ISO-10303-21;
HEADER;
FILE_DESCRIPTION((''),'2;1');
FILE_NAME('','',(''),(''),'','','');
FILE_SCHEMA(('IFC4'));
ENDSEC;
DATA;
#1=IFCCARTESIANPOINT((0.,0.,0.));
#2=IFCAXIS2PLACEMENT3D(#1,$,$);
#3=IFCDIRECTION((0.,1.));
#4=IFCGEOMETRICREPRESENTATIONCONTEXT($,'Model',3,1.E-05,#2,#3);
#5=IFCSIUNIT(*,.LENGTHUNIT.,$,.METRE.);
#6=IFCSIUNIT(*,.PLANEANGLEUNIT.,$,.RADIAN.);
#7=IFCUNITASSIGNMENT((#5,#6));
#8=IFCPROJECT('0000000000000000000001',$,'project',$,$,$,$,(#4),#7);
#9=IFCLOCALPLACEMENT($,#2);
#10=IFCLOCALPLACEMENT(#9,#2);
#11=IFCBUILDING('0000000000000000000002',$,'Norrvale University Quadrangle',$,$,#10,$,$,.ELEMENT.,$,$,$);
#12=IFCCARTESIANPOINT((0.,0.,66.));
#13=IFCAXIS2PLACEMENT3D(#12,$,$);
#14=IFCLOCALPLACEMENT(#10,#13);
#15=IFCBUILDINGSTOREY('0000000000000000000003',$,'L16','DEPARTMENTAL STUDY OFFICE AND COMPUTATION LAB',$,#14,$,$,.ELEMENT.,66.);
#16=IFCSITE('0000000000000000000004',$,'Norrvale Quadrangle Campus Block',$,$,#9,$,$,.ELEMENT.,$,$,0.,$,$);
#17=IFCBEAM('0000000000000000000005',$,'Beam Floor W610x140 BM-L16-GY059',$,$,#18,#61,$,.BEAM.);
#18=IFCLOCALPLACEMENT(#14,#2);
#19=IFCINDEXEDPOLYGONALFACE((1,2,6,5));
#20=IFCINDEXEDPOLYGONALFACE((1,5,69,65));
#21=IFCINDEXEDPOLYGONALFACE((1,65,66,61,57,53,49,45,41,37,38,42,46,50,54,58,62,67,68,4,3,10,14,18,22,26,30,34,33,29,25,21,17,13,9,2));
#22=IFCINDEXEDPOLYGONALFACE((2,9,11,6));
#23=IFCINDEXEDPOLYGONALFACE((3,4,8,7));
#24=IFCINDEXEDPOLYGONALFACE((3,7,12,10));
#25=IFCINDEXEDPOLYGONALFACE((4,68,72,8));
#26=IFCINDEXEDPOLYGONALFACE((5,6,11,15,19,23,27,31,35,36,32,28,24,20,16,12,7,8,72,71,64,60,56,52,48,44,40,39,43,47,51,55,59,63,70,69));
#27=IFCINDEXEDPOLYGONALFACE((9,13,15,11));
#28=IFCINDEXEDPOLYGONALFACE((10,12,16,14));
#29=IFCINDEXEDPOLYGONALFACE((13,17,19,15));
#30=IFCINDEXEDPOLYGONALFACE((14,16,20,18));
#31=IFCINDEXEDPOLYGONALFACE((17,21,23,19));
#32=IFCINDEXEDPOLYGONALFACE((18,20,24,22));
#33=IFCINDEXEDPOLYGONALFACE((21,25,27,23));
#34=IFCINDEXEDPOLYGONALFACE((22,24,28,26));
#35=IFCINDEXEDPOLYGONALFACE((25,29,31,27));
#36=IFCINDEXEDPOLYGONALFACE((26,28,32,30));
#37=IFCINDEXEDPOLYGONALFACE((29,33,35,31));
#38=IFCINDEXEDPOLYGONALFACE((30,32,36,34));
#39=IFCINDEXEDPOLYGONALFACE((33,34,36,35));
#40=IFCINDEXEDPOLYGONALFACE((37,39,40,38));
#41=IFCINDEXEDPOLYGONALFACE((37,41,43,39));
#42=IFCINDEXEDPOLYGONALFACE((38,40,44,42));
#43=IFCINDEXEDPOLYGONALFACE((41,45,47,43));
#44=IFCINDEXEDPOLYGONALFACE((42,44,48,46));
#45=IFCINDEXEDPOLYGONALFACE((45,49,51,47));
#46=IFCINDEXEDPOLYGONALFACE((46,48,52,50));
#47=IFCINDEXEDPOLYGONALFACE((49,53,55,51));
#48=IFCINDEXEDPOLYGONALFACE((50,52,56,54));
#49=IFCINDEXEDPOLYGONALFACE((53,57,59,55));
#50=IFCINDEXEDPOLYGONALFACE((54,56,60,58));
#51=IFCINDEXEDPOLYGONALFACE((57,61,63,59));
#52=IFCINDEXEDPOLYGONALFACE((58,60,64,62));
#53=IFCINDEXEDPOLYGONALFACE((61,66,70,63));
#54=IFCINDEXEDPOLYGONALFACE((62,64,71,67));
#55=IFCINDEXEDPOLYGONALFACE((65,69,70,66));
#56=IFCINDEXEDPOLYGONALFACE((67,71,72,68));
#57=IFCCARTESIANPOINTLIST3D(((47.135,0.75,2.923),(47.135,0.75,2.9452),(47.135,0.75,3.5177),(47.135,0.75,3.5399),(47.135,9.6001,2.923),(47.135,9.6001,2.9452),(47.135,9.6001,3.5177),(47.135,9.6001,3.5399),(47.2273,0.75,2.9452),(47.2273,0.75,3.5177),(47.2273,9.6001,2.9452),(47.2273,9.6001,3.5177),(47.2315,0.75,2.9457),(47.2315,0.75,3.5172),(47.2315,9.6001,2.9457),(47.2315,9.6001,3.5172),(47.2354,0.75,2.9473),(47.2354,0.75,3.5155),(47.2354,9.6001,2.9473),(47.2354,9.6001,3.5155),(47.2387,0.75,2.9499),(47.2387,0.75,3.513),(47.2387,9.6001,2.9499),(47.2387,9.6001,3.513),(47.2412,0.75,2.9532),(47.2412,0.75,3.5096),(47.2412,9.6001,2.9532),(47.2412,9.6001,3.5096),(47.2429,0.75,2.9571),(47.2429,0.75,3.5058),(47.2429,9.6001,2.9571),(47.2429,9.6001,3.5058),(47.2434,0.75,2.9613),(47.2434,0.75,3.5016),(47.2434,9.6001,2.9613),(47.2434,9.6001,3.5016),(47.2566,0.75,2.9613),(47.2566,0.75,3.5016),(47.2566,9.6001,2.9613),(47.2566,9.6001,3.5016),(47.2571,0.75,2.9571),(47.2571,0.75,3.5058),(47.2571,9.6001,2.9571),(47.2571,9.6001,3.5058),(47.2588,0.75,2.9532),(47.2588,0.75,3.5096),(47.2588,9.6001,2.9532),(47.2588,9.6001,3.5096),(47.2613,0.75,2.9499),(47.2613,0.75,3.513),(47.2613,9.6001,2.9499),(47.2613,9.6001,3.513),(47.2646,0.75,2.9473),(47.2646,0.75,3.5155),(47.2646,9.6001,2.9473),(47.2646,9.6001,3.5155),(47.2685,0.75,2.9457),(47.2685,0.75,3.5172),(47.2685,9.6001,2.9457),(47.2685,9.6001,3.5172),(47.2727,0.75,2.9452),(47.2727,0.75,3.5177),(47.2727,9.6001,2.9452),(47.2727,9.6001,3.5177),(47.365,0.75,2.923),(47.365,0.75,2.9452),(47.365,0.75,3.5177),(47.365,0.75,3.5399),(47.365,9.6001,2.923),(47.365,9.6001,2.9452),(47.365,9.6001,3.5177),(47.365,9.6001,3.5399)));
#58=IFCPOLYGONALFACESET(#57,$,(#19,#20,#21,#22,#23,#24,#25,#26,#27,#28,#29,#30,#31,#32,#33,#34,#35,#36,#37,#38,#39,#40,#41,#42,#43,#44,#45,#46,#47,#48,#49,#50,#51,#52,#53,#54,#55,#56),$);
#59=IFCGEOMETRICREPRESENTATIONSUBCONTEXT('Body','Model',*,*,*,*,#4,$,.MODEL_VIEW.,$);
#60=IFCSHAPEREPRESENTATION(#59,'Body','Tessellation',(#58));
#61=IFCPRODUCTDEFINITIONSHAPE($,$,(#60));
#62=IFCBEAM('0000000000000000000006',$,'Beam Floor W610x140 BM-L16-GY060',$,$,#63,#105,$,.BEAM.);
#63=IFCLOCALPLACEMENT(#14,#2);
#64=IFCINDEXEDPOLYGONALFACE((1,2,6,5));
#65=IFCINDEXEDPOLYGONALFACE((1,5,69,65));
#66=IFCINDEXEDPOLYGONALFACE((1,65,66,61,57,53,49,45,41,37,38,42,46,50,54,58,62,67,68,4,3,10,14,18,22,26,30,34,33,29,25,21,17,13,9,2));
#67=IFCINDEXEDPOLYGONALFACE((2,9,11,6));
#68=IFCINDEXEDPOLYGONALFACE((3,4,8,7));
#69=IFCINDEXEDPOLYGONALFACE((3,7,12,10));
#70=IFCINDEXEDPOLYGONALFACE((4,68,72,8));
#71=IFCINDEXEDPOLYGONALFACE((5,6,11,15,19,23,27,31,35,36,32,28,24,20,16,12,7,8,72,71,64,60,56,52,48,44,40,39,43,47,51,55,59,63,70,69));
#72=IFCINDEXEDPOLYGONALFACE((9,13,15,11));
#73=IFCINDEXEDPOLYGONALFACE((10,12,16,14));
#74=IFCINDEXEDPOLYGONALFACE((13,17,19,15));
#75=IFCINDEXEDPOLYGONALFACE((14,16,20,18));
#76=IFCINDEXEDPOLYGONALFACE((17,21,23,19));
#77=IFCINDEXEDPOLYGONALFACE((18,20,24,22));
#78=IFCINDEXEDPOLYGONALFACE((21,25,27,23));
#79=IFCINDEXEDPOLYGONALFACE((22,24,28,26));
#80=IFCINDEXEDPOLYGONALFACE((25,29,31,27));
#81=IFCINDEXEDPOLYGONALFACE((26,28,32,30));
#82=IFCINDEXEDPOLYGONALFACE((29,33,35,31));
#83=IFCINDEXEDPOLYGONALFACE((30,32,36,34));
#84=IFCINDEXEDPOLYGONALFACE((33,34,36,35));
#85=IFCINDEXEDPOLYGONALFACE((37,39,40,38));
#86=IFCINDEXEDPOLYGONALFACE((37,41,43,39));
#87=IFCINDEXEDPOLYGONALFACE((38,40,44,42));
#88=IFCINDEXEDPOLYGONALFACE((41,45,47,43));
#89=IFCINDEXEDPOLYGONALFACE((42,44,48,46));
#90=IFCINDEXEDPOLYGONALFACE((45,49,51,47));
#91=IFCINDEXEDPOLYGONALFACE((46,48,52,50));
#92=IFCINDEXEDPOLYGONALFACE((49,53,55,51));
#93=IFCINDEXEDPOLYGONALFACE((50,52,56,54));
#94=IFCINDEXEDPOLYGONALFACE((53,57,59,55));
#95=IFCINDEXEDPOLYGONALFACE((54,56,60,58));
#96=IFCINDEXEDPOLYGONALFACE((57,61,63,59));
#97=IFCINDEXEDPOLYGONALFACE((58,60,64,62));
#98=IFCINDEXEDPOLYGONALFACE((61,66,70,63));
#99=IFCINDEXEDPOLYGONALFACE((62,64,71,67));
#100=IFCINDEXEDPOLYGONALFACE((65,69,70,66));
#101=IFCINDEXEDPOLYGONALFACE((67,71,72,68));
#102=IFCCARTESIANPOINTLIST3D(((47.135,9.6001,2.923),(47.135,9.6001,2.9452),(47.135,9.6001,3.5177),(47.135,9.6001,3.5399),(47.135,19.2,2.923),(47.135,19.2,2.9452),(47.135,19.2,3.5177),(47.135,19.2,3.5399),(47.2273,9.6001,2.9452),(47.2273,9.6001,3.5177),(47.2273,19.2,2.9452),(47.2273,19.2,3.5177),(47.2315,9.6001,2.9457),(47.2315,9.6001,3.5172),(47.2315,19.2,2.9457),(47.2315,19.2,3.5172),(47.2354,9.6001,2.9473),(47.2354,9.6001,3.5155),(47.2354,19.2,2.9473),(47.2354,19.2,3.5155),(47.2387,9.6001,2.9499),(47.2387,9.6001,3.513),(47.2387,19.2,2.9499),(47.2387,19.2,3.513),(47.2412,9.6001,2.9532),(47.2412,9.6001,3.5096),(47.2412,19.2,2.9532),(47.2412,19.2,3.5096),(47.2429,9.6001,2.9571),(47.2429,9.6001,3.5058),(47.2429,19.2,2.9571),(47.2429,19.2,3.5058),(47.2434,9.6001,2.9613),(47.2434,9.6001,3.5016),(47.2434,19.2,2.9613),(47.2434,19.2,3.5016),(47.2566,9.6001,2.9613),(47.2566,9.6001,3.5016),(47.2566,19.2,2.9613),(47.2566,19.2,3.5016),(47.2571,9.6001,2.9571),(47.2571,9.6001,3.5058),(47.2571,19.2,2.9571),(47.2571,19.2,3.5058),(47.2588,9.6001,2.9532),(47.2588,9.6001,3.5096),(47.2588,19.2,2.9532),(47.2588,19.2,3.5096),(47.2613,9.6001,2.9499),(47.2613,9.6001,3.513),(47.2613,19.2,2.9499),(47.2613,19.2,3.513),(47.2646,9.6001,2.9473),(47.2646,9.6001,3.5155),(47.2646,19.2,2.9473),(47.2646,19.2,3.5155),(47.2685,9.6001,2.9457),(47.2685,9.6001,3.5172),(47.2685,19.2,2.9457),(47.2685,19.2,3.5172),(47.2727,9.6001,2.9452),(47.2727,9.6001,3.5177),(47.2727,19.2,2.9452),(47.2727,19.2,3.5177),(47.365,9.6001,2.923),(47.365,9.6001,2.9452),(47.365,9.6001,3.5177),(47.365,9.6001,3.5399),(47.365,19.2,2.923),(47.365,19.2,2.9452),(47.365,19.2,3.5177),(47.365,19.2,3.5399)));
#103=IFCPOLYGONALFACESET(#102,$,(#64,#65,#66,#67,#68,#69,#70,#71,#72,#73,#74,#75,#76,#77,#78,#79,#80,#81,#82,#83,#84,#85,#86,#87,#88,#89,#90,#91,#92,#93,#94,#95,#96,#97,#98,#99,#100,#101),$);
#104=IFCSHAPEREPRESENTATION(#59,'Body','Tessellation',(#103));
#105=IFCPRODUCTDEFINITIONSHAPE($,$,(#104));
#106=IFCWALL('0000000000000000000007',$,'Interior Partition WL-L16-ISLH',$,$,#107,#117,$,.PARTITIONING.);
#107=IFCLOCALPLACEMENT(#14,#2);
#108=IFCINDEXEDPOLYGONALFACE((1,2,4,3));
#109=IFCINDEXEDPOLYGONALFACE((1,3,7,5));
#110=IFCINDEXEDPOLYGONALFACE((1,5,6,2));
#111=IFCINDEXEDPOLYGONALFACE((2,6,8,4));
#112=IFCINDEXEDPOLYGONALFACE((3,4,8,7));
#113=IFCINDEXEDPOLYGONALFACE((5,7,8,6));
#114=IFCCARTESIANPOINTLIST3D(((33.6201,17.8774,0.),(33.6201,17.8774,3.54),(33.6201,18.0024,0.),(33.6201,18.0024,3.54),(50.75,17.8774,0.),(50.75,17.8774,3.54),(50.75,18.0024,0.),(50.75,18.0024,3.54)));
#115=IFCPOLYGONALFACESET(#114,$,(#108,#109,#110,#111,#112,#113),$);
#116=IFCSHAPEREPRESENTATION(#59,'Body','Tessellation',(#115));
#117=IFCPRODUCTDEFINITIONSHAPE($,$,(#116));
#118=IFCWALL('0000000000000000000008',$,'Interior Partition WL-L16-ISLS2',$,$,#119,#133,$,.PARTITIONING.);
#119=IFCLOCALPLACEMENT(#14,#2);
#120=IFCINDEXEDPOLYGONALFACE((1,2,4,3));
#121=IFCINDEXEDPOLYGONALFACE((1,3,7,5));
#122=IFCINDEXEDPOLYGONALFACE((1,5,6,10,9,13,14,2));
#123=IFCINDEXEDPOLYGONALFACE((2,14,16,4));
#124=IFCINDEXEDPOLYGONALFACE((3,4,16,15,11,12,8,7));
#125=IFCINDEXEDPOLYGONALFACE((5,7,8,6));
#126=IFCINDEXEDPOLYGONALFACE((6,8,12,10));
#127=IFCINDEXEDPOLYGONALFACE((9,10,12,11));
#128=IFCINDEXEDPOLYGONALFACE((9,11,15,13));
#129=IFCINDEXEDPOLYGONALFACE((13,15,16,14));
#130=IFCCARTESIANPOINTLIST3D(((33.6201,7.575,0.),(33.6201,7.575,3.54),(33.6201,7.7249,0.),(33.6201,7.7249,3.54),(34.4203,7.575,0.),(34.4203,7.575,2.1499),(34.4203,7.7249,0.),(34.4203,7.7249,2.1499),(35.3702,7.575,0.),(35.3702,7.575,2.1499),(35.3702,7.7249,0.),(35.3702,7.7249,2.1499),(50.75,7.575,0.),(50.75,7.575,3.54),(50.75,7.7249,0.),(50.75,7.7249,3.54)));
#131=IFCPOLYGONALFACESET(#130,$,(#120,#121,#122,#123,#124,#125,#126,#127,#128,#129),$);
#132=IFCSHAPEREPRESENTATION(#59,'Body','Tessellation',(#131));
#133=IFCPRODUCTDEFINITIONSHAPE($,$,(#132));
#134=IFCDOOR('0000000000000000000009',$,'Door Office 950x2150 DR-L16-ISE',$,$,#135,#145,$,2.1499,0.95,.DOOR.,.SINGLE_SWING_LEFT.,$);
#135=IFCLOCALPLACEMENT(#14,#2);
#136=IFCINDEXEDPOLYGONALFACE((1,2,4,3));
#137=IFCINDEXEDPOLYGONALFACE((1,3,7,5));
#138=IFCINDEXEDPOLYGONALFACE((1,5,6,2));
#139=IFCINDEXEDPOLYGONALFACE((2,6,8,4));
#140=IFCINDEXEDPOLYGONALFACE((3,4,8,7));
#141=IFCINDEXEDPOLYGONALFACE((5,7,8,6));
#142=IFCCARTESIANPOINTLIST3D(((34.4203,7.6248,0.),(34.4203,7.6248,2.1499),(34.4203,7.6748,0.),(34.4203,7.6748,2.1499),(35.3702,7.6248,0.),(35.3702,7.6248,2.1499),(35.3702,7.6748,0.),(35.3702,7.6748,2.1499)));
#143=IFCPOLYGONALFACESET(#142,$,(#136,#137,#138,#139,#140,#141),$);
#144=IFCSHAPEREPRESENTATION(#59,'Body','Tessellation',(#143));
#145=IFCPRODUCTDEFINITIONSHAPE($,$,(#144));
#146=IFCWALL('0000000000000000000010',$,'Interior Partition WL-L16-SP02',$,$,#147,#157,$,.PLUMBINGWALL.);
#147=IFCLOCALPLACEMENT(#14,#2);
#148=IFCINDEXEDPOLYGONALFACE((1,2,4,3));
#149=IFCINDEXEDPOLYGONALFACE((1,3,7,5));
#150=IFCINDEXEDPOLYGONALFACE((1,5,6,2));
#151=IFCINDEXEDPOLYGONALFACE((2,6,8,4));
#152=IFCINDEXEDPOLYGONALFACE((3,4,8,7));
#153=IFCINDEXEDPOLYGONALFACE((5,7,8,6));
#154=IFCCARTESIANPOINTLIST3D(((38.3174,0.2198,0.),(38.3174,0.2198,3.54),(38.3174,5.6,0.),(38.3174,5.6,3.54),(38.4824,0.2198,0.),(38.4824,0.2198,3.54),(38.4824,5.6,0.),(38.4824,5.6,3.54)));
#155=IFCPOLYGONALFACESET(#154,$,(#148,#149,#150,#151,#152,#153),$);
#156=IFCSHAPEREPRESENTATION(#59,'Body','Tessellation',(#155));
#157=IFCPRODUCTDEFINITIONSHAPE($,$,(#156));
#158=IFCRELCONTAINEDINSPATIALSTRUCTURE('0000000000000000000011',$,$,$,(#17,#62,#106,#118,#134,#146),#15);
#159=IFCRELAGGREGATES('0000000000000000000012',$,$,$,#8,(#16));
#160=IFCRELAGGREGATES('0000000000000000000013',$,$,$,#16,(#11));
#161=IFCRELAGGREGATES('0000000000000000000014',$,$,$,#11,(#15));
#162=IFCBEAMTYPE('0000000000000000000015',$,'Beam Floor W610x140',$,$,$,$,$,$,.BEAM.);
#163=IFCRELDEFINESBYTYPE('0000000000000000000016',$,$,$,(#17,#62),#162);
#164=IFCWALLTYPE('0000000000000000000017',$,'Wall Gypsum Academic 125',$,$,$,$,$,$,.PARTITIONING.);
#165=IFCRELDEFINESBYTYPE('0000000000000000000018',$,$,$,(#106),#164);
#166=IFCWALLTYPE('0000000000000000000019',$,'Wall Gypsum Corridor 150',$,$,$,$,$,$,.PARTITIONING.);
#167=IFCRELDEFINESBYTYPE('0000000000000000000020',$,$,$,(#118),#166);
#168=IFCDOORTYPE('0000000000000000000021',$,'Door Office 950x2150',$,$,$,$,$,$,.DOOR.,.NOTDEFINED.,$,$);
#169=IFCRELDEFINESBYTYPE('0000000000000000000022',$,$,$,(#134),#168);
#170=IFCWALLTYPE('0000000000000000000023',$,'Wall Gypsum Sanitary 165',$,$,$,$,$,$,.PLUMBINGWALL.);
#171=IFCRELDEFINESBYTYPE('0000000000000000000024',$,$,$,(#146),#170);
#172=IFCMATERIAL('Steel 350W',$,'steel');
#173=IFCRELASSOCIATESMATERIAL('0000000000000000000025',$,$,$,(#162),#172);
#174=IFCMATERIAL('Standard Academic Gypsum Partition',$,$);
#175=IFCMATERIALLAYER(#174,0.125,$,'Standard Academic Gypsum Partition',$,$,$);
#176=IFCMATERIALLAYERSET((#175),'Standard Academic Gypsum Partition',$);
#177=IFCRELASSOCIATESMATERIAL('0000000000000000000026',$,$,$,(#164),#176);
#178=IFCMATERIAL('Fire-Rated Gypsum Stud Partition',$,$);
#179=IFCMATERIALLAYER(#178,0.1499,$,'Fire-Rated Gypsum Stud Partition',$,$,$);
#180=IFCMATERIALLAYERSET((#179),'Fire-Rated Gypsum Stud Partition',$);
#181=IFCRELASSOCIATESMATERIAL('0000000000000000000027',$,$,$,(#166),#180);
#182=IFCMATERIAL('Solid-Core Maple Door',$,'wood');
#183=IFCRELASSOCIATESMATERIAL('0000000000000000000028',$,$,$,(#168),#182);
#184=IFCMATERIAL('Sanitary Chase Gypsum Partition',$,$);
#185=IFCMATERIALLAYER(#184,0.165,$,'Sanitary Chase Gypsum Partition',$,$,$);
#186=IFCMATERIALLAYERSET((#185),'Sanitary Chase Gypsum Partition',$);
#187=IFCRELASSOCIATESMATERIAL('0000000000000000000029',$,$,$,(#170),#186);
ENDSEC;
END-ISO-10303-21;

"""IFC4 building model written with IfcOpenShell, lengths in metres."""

from ifc_helpers import new_model, si_unit, direction, frame, frame_2d, origin, origin_2d, place, context, subcontext, project, spatial, rectangle, i_section, extrude, material, layer, layer_set, material_profile, profile_set, type_object, element, fill, save


model = new_model("IFC4")

# Units and contexts
model_context = context("Model", 3, precision=1e-05, world=origin(), true_north=direction((0.0, 1.0)))
body_context = subcontext(model_context, "Body", "Model", "MODEL_VIEW")
ifc_project = project(units=[si_unit("LENGTHUNIT", "METRE"), si_unit("PLANEANGLEUNIT", "RADIAN")], contexts=[model_context])

# Site, building, storey
site_placement = place(None, origin())
site = spatial("IfcSite", under=ifc_project, at=site_placement, Name="Norrvale Quadrangle Campus Block", CompositionType="ELEMENT", RefElevation=0.0)
building_placement = place(site_placement, origin())
building = spatial("IfcBuilding", under=site, at=building_placement, Name="Norrvale University Quadrangle", CompositionType="ELEMENT")
storey_placement = place(building_placement, frame((0.0, 0.0, 66.0)))
storey = spatial("IfcBuildingStorey", under=building, at=storey_placement, Name="L16", Description="DEPARTMENTAL STUDY OFFICE AND COMPUTATION LAB", CompositionType="ELEMENT", Elevation=66.0)

# Beams
ifc_material_1 = material(Name="Steel 350W", Category="steel")
ifc_material_profile_1 = material_profile(ifc_material_1, i_section(OverallWidth=0.23, OverallDepth=0.6169, WebThickness=0.0132, FlangeThickness=0.0222, FilletRadius=0.0161, at=origin_2d()), Name="Steel 350W")
ifc_profile_set_1 = profile_set([ifc_material_profile_1], Name="Steel 350W")
beam_type_1 = type_object("IfcBeamType", Name="Beam Floor W610x140", PredefinedType="BEAM", material=ifc_profile_set_1)
beam_1_placement = place(storey_placement, frame((47.25, 0.75, 3.2314), z_axis=(0.0, 1.0, 0.0), x_axis=(-1.0, 0.0, 0.0)))
element("IfcBeam", 1, at=beam_1_placement, inside=storey, type_object=beam_type_1, Name="Beam Floor W610x140 BM-L16-GY059", PredefinedType="BEAM", context=body_context, shape_type="SweptSolid", body=[
    extrude(i_section(OverallWidth=0.23, OverallDepth=0.6169, WebThickness=0.0132, FlangeThickness=0.0222, FilletRadius=0.0161, at=origin_2d()), origin(), (0.0, 0.0, 1.0), 8.8501),
])
beam_2_placement = place(storey_placement, frame((47.25, 9.6001, 3.2314), z_axis=(0.0, 1.0, 0.0), x_axis=(-1.0, 0.0, 0.0)))
element("IfcBeam", 2, at=beam_2_placement, inside=storey, type_object=beam_type_1, Name="Beam Floor W610x140 BM-L16-GY060", PredefinedType="BEAM", context=body_context, shape_type="SweptSolid", body=[
    extrude(i_section(OverallWidth=0.23, OverallDepth=0.6169, WebThickness=0.0132, FlangeThickness=0.0222, FilletRadius=0.0161, at=origin_2d()), origin(), (0.0, 0.0, 1.0), 9.5999),
])

# Wall
ifc_material_2 = material(Name="Standard Academic Gypsum Partition")
ifc_layer_1 = layer(ifc_material_2, 0.125, Name="Standard Academic Gypsum Partition")
ifc_layer_set_1 = layer_set([ifc_layer_1], Name="Standard Academic Gypsum Partition")
wall_type_1 = type_object("IfcWallType", Name="Wall Gypsum Academic 125", PredefinedType="PARTITIONING", material=ifc_layer_set_1)
wall_1_placement = place(storey_placement, frame((33.6201, 17.9399, 0.0), z_axis=(0.0, 0.0, 1.0), x_axis=(1.0, 0.0, 0.0)))
element("IfcWall", 3, at=wall_1_placement, inside=storey, type_object=wall_type_1, Name="Interior Partition WL-L16-ISLH", PredefinedType="PARTITIONING", context=body_context, shape_type="SweptSolid", body=[
    extrude(rectangle(XDim=17.1299, YDim=0.125, at=frame_2d((8.5649, 0.0))), origin(), (0.0, 0.0, 1.0), 3.54),
])

# Wall, opening, door
ifc_material_3 = material(Name="Fire-Rated Gypsum Stud Partition")
ifc_layer_2 = layer(ifc_material_3, 0.1499, Name="Fire-Rated Gypsum Stud Partition")
ifc_layer_set_2 = layer_set([ifc_layer_2], Name="Fire-Rated Gypsum Stud Partition")
wall_type_2 = type_object("IfcWallType", Name="Wall Gypsum Corridor 150", PredefinedType="PARTITIONING", material=ifc_layer_set_2)
wall_2_placement = place(storey_placement, frame((33.6201, 7.6499, 0.0), z_axis=(0.0, 0.0, 1.0), x_axis=(1.0, 0.0, 0.0)))
wall_2 = element("IfcWall", 4, at=wall_2_placement, inside=storey, type_object=wall_type_2, Name="Interior Partition WL-L16-ISLS2", PredefinedType="PARTITIONING", context=body_context, shape_type="SweptSolid", body=[
    extrude(rectangle(XDim=17.1299, YDim=0.1499, at=frame_2d((8.5649, 0.0))), origin(), (0.0, 0.0, 1.0), 3.54),
])
opening_placement = place(wall_2_placement, frame((0.8, 0.0, 0.0)))
opening = element("IfcOpeningElement", 5, at=opening_placement, cuts=wall_2, PredefinedType="OPENING", context=body_context, shape_type="SweptSolid", body=[
    extrude(rectangle(XDim=0.95, YDim=2.1499, at=frame_2d((0.4751, 1.075))), frame((0.0, 0.0869, 0.0), z_axis=(0.0, -1.0, 0.0), x_axis=(1.0, 0.0, 0.0)), (0.0, 0.0, 1.0), 0.1738),
])
ifc_material_4 = material(Name="Solid-Core Maple Door", Category="wood")
door_type = type_object("IfcDoorType", Name="Door Office 950x2150", OperationType="NOTDEFINED", PredefinedType="DOOR", material=ifc_material_4)
door_placement = place(opening_placement, origin())
door = element("IfcDoor", 6, at=door_placement, inside=storey, type_object=door_type, Name="Door Office 950x2150 DR-L16-ISE", OperationType="SINGLE_SWING_LEFT", OverallHeight=2.1499, OverallWidth=0.95, PredefinedType="DOOR", context=body_context, shape_type="SweptSolid", body=[
    extrude(rectangle(XDim=0.95, YDim=2.1499, at=frame_2d((0.4751, 1.075))), frame((0.0, 0.0249, 0.0), z_axis=(0.0, -1.0, 0.0), x_axis=(1.0, 0.0, 0.0)), (0.0, 0.0, 1.0), 0.05),
])
fill(opening, door)

# Wall
ifc_material_5 = material(Name="Sanitary Chase Gypsum Partition")
ifc_layer_3 = layer(ifc_material_5, 0.165, Name="Sanitary Chase Gypsum Partition")
ifc_layer_set_3 = layer_set([ifc_layer_3], Name="Sanitary Chase Gypsum Partition")
wall_type_3 = type_object("IfcWallType", Name="Wall Gypsum Sanitary 165", PredefinedType="PLUMBINGWALL", material=ifc_layer_set_3)
wall_3_placement = place(storey_placement, frame((38.3999, 0.22, 0.0), z_axis=(0.0, 0.0, 1.0), x_axis=(0.0, 1.0, 0.0)))
element("IfcWall", 7, at=wall_3_placement, inside=storey, type_object=wall_type_3, Name="Interior Partition WL-L16-SP02", PredefinedType="PLUMBINGWALL", context=body_context, shape_type="SweptSolid", body=[
    extrude(rectangle(XDim=5.3801, YDim=0.165, at=frame_2d((2.6899, 0.0))), origin(), (0.0, 0.0, 1.0), 3.54),
])

save(model, "model.ifc")
